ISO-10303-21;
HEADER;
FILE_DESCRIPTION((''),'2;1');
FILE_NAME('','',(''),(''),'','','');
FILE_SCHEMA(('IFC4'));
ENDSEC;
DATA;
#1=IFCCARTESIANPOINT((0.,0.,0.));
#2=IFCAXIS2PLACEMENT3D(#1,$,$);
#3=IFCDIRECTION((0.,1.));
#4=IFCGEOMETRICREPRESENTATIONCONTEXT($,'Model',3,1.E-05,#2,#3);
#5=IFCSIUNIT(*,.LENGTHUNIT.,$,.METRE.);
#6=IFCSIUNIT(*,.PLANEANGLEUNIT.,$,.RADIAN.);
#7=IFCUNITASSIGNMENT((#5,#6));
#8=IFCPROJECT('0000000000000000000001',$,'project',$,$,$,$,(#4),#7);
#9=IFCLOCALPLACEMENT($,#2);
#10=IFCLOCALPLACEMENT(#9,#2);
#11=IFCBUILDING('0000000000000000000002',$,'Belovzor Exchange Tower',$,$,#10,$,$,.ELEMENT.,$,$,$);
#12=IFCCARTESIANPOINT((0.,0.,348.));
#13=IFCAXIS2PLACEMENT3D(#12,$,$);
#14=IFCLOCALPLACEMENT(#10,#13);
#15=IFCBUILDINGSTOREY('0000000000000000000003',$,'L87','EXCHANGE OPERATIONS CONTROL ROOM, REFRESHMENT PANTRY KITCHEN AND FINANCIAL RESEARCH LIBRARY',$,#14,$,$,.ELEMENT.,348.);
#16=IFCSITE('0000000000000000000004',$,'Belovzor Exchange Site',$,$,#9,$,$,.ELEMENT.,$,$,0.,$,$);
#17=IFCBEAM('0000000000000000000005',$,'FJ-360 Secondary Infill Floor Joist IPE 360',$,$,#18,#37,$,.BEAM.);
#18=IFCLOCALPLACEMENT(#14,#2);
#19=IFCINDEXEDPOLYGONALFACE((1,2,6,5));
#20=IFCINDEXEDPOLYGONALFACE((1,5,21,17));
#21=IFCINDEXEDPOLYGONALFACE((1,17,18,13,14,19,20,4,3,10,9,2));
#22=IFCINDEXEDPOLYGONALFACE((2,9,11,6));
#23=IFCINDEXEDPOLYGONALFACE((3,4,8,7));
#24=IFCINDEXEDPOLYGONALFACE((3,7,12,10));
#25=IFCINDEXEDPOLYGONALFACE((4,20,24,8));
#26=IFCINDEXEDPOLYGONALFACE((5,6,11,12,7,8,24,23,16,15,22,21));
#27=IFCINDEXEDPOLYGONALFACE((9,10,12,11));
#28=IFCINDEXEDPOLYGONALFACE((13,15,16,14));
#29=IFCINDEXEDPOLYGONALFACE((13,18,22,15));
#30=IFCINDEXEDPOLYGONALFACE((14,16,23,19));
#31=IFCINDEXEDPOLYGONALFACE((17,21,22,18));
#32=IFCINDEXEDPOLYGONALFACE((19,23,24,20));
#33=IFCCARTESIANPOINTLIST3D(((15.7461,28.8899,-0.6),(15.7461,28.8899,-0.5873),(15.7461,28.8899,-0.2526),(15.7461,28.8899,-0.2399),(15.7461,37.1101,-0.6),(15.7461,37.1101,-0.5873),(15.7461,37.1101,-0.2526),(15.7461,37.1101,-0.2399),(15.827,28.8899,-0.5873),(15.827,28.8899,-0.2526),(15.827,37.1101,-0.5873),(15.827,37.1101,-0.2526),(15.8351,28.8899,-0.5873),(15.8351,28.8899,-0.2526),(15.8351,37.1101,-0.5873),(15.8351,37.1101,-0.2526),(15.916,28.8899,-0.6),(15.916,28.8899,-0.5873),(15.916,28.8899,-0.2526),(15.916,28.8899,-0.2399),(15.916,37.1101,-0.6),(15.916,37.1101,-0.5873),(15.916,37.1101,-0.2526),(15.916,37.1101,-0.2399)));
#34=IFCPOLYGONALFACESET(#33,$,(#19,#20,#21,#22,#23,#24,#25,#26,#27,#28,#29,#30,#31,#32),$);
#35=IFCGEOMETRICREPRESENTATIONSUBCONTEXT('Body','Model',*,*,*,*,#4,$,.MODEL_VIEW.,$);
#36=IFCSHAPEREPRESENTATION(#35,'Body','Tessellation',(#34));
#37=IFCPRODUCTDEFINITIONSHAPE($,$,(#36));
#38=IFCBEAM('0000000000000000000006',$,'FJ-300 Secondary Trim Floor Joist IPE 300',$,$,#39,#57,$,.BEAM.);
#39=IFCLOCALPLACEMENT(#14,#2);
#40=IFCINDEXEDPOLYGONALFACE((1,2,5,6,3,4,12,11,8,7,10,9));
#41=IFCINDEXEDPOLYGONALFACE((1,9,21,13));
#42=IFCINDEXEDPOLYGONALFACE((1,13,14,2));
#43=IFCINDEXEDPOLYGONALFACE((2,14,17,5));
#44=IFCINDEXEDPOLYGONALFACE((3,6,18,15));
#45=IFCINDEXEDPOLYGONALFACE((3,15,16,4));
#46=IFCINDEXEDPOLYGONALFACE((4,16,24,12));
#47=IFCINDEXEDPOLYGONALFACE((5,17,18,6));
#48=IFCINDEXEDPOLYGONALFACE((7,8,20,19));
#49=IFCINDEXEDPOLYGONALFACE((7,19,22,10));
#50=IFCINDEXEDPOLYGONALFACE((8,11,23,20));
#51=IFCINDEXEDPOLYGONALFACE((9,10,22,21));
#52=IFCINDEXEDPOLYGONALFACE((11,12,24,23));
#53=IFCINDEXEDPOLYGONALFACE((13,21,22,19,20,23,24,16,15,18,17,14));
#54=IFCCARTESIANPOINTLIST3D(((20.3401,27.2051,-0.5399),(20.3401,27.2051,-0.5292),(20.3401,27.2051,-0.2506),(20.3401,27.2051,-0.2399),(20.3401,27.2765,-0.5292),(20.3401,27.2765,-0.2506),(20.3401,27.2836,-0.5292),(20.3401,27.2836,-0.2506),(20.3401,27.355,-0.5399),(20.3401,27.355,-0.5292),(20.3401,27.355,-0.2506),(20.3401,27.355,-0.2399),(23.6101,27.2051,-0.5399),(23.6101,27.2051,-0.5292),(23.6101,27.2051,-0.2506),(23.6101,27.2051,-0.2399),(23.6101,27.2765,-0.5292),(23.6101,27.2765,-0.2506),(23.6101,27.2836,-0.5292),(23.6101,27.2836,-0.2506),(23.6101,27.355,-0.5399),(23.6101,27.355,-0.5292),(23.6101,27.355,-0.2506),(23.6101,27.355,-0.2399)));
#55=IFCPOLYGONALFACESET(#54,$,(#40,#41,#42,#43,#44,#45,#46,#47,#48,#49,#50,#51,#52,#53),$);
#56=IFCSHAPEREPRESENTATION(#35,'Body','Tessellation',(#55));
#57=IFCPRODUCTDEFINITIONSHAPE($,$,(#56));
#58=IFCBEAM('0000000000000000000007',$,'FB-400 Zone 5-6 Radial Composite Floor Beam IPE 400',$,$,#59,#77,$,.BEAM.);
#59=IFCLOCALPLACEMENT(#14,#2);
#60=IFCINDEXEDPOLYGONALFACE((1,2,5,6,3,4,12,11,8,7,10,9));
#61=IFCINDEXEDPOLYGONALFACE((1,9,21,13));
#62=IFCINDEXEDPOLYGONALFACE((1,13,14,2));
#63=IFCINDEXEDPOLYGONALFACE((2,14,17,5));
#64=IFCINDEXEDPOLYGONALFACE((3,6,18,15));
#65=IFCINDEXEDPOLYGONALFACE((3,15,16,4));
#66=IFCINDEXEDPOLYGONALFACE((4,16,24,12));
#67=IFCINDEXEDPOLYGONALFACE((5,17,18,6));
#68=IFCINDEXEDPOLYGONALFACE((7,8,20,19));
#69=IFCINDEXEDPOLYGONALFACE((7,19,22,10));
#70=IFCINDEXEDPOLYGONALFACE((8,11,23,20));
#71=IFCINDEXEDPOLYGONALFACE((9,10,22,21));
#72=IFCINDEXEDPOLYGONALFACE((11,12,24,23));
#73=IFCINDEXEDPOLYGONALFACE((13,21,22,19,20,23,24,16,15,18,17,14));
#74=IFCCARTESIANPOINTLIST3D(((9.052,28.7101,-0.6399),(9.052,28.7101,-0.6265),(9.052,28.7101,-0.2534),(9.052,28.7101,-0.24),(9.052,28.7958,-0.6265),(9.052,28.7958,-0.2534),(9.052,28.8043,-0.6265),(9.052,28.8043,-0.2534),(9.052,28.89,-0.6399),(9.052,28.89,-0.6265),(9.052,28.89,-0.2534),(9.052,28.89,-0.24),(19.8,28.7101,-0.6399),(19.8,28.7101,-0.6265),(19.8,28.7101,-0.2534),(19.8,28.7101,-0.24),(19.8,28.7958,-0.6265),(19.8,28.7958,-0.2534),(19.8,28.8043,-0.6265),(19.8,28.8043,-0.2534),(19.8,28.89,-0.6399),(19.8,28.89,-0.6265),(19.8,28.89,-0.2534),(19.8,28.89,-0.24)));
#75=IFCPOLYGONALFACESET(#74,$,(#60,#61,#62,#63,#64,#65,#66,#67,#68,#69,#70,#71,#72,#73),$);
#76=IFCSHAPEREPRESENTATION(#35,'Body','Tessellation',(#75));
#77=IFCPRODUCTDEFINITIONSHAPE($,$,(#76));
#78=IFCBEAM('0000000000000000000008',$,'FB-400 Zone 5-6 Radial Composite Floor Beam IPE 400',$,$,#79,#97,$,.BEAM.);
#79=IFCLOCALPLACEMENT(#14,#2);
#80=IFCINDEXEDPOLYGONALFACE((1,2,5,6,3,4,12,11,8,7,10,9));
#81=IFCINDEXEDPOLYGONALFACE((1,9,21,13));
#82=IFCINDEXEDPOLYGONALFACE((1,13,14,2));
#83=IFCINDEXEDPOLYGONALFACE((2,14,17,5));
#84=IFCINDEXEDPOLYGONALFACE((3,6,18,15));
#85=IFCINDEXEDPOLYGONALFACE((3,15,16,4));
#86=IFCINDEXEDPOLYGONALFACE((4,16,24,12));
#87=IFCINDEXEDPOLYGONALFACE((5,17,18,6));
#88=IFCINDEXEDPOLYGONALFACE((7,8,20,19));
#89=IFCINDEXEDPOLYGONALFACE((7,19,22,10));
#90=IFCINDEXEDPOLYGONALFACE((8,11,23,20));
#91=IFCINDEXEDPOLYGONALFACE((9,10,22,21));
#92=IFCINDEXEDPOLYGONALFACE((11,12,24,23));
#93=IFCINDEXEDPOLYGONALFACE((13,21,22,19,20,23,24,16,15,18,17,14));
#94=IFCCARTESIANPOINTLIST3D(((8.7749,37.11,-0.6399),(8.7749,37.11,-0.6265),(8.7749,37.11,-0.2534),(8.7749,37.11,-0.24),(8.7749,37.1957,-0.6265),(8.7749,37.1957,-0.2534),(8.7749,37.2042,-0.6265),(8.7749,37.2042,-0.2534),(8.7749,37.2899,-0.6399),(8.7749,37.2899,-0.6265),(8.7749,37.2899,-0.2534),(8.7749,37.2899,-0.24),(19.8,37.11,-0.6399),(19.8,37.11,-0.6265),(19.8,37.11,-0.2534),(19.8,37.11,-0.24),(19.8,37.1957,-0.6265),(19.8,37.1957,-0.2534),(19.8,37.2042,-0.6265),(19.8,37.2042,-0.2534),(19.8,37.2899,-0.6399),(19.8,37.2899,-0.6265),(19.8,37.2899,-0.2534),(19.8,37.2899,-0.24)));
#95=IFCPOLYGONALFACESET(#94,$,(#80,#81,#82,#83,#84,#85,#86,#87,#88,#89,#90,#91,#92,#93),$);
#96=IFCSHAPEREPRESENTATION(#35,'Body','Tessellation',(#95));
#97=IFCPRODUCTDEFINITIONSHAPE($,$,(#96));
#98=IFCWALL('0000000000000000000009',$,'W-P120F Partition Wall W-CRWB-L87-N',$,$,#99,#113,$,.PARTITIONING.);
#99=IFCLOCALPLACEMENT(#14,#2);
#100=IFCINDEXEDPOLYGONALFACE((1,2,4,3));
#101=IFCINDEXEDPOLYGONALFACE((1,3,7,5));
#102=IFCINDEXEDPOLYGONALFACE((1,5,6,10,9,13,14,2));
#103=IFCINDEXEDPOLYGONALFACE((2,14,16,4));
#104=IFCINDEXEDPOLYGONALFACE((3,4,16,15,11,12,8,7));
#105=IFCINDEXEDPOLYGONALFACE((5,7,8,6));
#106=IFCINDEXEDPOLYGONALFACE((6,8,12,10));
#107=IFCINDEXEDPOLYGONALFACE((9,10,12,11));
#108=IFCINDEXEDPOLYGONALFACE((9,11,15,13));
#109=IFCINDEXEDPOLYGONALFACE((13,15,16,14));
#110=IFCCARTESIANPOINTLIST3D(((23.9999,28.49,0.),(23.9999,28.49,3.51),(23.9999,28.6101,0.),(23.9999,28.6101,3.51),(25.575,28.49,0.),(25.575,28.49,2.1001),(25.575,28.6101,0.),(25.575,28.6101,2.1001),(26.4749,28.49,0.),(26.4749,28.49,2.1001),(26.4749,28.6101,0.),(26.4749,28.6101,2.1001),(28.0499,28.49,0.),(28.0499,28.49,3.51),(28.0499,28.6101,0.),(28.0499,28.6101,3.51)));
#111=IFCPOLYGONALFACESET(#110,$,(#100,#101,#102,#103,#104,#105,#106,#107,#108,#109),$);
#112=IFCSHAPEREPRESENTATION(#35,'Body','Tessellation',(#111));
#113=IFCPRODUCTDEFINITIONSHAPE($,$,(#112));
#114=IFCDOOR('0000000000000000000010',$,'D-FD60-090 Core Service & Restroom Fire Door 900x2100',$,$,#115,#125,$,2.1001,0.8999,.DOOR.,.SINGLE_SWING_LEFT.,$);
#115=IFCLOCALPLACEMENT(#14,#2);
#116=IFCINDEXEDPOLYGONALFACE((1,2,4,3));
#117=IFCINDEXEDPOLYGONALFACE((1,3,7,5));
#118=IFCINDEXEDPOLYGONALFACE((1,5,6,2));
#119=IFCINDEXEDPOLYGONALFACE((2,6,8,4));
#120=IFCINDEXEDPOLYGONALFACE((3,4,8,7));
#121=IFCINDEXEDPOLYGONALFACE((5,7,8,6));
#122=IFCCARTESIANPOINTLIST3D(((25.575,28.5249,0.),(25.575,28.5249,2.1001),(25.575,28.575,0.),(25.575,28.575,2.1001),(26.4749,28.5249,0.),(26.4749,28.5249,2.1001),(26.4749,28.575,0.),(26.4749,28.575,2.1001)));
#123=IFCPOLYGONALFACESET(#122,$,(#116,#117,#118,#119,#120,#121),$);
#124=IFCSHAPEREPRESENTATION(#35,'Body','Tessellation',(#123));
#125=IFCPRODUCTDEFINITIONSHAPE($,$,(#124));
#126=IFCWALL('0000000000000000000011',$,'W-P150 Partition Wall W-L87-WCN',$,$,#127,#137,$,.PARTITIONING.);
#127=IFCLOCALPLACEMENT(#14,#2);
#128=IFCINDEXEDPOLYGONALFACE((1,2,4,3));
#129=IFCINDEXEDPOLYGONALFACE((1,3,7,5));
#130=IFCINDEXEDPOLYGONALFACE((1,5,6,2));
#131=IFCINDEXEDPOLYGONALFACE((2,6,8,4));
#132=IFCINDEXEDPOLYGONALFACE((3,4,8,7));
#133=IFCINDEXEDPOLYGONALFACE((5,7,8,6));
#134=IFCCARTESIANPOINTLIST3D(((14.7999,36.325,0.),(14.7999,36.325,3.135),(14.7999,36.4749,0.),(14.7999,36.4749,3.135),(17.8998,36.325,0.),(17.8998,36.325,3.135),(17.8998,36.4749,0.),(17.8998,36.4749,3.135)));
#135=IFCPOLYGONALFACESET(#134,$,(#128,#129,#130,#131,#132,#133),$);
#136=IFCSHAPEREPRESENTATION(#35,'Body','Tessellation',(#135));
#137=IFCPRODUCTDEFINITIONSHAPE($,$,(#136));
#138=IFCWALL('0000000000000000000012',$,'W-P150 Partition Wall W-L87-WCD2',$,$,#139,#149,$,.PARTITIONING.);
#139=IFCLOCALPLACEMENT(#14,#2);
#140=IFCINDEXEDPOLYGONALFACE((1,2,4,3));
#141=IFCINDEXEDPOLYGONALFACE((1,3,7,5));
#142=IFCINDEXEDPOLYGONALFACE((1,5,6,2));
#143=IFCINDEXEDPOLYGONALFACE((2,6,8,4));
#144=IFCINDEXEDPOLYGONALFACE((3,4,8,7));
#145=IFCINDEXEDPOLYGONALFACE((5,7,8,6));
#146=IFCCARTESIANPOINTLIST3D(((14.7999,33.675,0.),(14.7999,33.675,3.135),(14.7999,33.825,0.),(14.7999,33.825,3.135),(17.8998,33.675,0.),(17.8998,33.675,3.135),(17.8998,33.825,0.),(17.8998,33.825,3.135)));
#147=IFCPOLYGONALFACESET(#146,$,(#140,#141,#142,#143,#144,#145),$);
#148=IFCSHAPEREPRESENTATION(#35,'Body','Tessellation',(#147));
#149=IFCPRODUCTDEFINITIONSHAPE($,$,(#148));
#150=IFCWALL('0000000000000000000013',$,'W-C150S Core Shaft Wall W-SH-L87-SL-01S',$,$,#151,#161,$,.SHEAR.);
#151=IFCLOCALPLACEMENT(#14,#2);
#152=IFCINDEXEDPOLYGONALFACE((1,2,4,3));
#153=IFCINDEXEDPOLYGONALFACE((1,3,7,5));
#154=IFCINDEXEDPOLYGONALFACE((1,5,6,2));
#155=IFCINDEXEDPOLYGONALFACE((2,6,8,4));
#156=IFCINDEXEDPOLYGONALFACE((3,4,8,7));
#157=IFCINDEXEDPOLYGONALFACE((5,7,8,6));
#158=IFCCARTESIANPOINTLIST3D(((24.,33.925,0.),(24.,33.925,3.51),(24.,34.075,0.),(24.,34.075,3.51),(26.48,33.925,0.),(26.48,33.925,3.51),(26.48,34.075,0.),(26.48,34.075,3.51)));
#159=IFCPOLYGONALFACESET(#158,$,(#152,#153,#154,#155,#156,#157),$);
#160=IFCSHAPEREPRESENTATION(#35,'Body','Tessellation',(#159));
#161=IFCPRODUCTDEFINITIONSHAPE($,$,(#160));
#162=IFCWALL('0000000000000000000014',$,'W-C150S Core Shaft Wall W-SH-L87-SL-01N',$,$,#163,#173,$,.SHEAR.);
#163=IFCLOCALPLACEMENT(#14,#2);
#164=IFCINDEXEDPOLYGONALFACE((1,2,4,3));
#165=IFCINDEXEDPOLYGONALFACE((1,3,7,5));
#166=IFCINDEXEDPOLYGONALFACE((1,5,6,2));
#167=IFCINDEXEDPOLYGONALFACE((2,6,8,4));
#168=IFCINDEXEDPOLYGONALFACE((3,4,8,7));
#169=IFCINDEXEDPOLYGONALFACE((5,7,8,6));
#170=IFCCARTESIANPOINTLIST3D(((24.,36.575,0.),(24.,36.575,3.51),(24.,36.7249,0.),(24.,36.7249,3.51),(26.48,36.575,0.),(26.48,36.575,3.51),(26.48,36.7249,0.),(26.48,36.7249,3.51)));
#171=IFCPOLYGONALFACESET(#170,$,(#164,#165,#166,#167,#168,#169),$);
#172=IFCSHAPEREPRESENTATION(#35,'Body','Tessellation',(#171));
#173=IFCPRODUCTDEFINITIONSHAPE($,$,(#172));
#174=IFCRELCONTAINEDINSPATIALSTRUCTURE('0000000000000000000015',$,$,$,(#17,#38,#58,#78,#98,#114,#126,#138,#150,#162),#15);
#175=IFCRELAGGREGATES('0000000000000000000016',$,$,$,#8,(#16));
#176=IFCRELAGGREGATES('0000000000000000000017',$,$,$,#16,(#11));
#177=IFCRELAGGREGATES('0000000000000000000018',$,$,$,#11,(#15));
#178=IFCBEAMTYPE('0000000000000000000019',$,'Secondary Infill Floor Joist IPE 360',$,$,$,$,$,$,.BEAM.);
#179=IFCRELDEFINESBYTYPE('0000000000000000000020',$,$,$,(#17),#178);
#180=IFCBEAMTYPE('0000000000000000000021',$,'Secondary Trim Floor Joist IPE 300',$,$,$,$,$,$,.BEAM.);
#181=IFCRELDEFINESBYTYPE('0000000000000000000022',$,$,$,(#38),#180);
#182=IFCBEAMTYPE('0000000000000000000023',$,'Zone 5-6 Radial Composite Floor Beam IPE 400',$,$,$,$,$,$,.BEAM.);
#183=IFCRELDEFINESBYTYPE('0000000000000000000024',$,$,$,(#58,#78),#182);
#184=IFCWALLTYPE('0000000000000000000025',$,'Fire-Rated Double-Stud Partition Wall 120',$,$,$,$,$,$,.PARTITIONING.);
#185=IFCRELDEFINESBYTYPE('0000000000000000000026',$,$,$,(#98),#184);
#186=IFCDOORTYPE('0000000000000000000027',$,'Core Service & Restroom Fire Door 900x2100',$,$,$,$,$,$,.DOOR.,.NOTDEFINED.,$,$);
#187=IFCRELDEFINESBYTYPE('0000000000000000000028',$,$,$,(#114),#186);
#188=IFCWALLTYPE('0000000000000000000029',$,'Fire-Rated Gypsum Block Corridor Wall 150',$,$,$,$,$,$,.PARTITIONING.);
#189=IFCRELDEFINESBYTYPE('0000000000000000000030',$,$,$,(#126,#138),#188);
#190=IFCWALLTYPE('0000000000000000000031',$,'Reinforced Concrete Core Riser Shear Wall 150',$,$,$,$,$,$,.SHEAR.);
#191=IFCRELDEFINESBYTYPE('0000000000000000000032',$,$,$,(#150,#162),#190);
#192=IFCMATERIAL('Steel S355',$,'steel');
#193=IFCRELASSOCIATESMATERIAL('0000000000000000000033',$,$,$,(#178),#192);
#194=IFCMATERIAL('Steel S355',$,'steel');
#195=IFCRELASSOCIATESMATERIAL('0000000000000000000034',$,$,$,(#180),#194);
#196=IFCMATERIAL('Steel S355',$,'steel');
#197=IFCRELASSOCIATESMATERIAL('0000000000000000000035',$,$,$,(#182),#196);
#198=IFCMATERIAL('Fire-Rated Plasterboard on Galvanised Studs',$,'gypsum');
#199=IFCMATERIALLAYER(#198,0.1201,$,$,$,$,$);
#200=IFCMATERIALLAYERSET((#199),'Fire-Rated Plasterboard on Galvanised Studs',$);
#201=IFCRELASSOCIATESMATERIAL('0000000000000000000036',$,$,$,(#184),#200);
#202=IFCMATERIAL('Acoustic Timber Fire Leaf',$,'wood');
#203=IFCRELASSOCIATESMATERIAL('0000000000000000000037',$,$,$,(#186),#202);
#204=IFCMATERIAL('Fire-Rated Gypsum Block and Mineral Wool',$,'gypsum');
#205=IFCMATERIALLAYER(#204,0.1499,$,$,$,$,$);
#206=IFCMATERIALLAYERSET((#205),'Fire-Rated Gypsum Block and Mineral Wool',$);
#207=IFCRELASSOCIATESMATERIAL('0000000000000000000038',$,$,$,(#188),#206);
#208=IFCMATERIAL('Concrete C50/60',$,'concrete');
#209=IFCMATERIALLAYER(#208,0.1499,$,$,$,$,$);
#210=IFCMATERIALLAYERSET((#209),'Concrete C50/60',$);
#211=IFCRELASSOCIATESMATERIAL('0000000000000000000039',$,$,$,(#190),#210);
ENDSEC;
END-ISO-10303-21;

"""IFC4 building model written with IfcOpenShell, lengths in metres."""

from ifc_helpers import new_model, si_unit, direction, frame, frame_2d, origin, origin_2d, place, context, subcontext, project, spatial, rectangle, i_section, extrude, material, layer, layer_set, material_profile, profile_set, type_object, element, fill, save


model = new_model("IFC4")

# Units and contexts
model_context = context("Model", 3, precision=1e-05, world=origin(), true_north=direction((0.0, 1.0)))
body_context = subcontext(model_context, "Body", "Model", "MODEL_VIEW")
ifc_project = project(units=[si_unit("LENGTHUNIT", "METRE"), si_unit("PLANEANGLEUNIT", "RADIAN")], contexts=[model_context])

# Site, building, storey
site_placement = place(None, origin())
site = spatial("IfcSite", under=ifc_project, at=site_placement, Name="Belovzor Exchange Site", CompositionType="ELEMENT", RefElevation=0.0)
building_placement = place(site_placement, origin())
building = spatial("IfcBuilding", under=site, at=building_placement, Name="Belovzor Exchange Tower", CompositionType="ELEMENT")
storey_placement = place(building_placement, frame((0.0, 0.0, 348.0)))
storey = spatial("IfcBuildingStorey", under=building, at=storey_placement, Name="L87", Description="EXCHANGE OPERATIONS CONTROL ROOM, REFRESHMENT PANTRY KITCHEN AND FINANCIAL RESEARCH LIBRARY", CompositionType="ELEMENT", Elevation=348.0)

# Beams
ifc_material_1 = material(Name="Steel S355", Category="steel")
ifc_material_profile_1 = material_profile(ifc_material_1, i_section(OverallWidth=0.1699, OverallDepth=0.3601, WebThickness=0.0081, FlangeThickness=0.0127, at=origin_2d()))
ifc_profile_set_1 = profile_set([ifc_material_profile_1], Name="Steel S355")
beam_type_1 = type_object("IfcBeamType", Name="Secondary Infill Floor Joist IPE 360", PredefinedType="BEAM", material=ifc_profile_set_1)
beam_1_placement = place(storey_placement, frame((15.8311, 28.8899, -0.4199), z_axis=(0.0, 1.0, 0.0), x_axis=(-1.0, 0.0, 0.0)))
element("IfcBeam", 1, at=beam_1_placement, inside=storey, type_object=beam_type_1, Name="FJ-360 Secondary Infill Floor Joist IPE 360", PredefinedType="BEAM", context=body_context, shape_type="SweptSolid", body=[
    extrude(i_section(OverallWidth=0.1699, OverallDepth=0.3601, WebThickness=0.0081, FlangeThickness=0.0127, at=origin_2d()), origin(), (0.0, 0.0, 1.0), 8.2202),
])
ifc_material_2 = material(Name="Steel S355", Category="steel")
ifc_material_profile_2 = material_profile(ifc_material_2, i_section(OverallWidth=0.1499, OverallDepth=0.3, WebThickness=0.0071, FlangeThickness=0.0107, at=origin_2d()))
ifc_profile_set_2 = profile_set([ifc_material_profile_2], Name="Steel S355")
beam_type_2 = type_object("IfcBeamType", Name="Secondary Trim Floor Joist IPE 300", PredefinedType="BEAM", material=ifc_profile_set_2)
beam_2_placement = place(storey_placement, frame((20.3401, 27.28, -0.3899), z_axis=(1.0, 0.0, 0.0), x_axis=(0.0, 1.0, 0.0)))
element("IfcBeam", 2, at=beam_2_placement, inside=storey, type_object=beam_type_2, Name="FJ-300 Secondary Trim Floor Joist IPE 300", PredefinedType="BEAM", context=body_context, shape_type="SweptSolid", body=[
    extrude(i_section(OverallWidth=0.1499, OverallDepth=0.3, WebThickness=0.0071, FlangeThickness=0.0107, at=origin_2d()), origin(), (0.0, 0.0, 1.0), 3.27),
])
ifc_material_3 = material(Name="Steel S355", Category="steel")
ifc_material_profile_3 = material_profile(ifc_material_3, i_section(OverallWidth=0.1799, OverallDepth=0.3999, WebThickness=0.0085, FlangeThickness=0.0134, at=origin_2d()))
ifc_profile_set_3 = profile_set([ifc_material_profile_3], Name="Steel S355")
beam_type_3 = type_object("IfcBeamType", Name="Zone 5-6 Radial Composite Floor Beam IPE 400", PredefinedType="BEAM", material=ifc_profile_set_3)
beam_3_placement = place(storey_placement, frame((19.8, 28.8, -0.4399), z_axis=(-1.0, 0.0, 0.0), x_axis=(0.0, -1.0, 0.0)))
element("IfcBeam", 3, at=beam_3_placement, inside=storey, type_object=beam_type_3, Name="FB-400 Zone 5-6 Radial Composite Floor Beam IPE 400", PredefinedType="BEAM", context=body_context, shape_type="SweptSolid", body=[
    extrude(i_section(OverallWidth=0.1799, OverallDepth=0.3999, WebThickness=0.0085, FlangeThickness=0.0134, at=origin_2d()), origin(), (0.0, 0.0, 1.0), 10.748),
])
beam_4_placement = place(storey_placement, frame((19.8, 37.2, -0.4399), z_axis=(-1.0, 0.0, 0.0), x_axis=(0.0, -1.0, 0.0)))
element("IfcBeam", 4, at=beam_4_placement, inside=storey, type_object=beam_type_3, Name="FB-400 Zone 5-6 Radial Composite Floor Beam IPE 400", PredefinedType="BEAM", context=body_context, shape_type="SweptSolid", body=[
    extrude(i_section(OverallWidth=0.1799, OverallDepth=0.3999, WebThickness=0.0085, FlangeThickness=0.0134, at=origin_2d()), origin(), (0.0, 0.0, 1.0), 11.0251),
])

# Wall, opening, door
ifc_material_4 = material(Name="Fire-Rated Plasterboard on Galvanised Studs", Category="gypsum")
ifc_layer_1 = layer(ifc_material_4, 0.1201)
ifc_layer_set_1 = layer_set([ifc_layer_1], Name="Fire-Rated Plasterboard on Galvanised Studs")
wall_type_1 = type_object("IfcWallType", Name="Fire-Rated Double-Stud Partition Wall 120", PredefinedType="PARTITIONING", material=ifc_layer_set_1)
wall_1_placement = place(storey_placement, frame((24.0, 28.55, 0.0), z_axis=(0.0, 0.0, 1.0), x_axis=(1.0, 0.0, 0.0)))
wall_1 = element("IfcWall", 5, at=wall_1_placement, inside=storey, type_object=wall_type_1, Name="W-P120F Partition Wall W-CRWB-L87-N", PredefinedType="PARTITIONING", context=body_context, shape_type="SweptSolid", body=[
    extrude(rectangle(XDim=4.05, YDim=0.1201, at=frame_2d((2.0249, 0.0))), origin(), (0.0, 0.0, 1.0), 3.51),
])
opening_1_placement = place(wall_1_placement, frame((1.575, 0.0, 0.0)))
opening_1 = element("IfcOpeningElement", 6, at=opening_1_placement, cuts=wall_1, PredefinedType="OPENING", context=body_context, shape_type="SweptSolid", body=[
    extrude(rectangle(XDim=0.8999, YDim=2.1001, at=frame_2d((0.45, 1.05))), frame((0.0, 0.0701, 0.0), z_axis=(0.0, -1.0, 0.0), x_axis=(1.0, 0.0, 0.0)), (0.0, 0.0, 1.0), 0.1401),
])
ifc_material_5 = material(Name="Acoustic Timber Fire Leaf", Category="wood")
door_type_1 = type_object("IfcDoorType", Name="Core Service & Restroom Fire Door 900x2100", OperationType="NOTDEFINED", PredefinedType="DOOR", material=ifc_material_5)
door_1_placement = place(opening_1_placement, origin())
door_1 = element("IfcDoor", 7, at=door_1_placement, inside=storey, type_object=door_type_1, Name="D-FD60-090 Core Service & Restroom Fire Door 900x2100", OperationType="SINGLE_SWING_LEFT", OverallHeight=2.1001, OverallWidth=0.8999, PredefinedType="DOOR", context=body_context, shape_type="SweptSolid", body=[
    extrude(rectangle(XDim=0.8999, YDim=2.1001, at=frame_2d((0.45, 1.05))), frame((0.0, 0.0249, 0.0), z_axis=(0.0, -1.0, 0.0), x_axis=(1.0, 0.0, 0.0)), (0.0, 0.0, 1.0), 0.05),
])
fill(opening_1, door_1)

# Walls
ifc_material_6 = material(Name="Fire-Rated Gypsum Block and Mineral Wool", Category="gypsum")
ifc_layer_2 = layer(ifc_material_6, 0.1499)
ifc_layer_set_2 = layer_set([ifc_layer_2], Name="Fire-Rated Gypsum Block and Mineral Wool")
wall_type_2 = type_object("IfcWallType", Name="Fire-Rated Gypsum Block Corridor Wall 150", PredefinedType="PARTITIONING", material=ifc_layer_set_2)
for number, where, z_axis, x_axis, name in (
    (8, (14.8, 36.3999, 0.0), (0.0, 0.0, 1.0), (1.0, 0.0, 0.0), "W-P150 Partition Wall W-L87-WCN"),
    (9, (14.8, 33.75, 0.0), (0.0, 0.0, 1.0), (1.0, 0.0, 0.0), "W-P150 Partition Wall W-L87-WCD2"),
):
    element("IfcWall", number, at=place(storey_placement, frame(where, z_axis=z_axis, x_axis=x_axis)), inside=storey, type_object=wall_type_2, Name=name, PredefinedType="PARTITIONING", context=body_context, shape_type="SweptSolid", body=[
        extrude(rectangle(XDim=3.0999, YDim=0.1499, at=frame_2d((1.5498, 0.0))), origin(), (0.0, 0.0, 1.0), 3.135),
    ])
ifc_material_7 = material(Name="Concrete C50/60", Category="concrete")
ifc_layer_3 = layer(ifc_material_7, 0.1499)
ifc_layer_set_3 = layer_set([ifc_layer_3], Name="Concrete C50/60")
wall_type_3 = type_object("IfcWallType", Name="Reinforced Concrete Core Riser Shear Wall 150", PredefinedType="SHEAR", material=ifc_layer_set_3)
for number, where, z_axis, x_axis, name in (
    (10, (24.0, 34.0, 0.0), (0.0, 0.0, 1.0), (1.0, 0.0, 0.0), "W-C150S Core Shaft Wall W-SH-L87-SL-01S"),
    (11, (24.0, 36.6499, 0.0), (0.0, 0.0, 1.0), (1.0, 0.0, 0.0), "W-C150S Core Shaft Wall W-SH-L87-SL-01N"),
):
    element("IfcWall", number, at=place(storey_placement, frame(where, z_axis=z_axis, x_axis=x_axis)), inside=storey, type_object=wall_type_3, Name=name, PredefinedType="SHEAR", context=body_context, shape_type="SweptSolid", body=[
        extrude(rectangle(XDim=2.48, YDim=0.1499, at=frame_2d((1.24, 0.0))), origin(), (0.0, 0.0, 1.0), 3.51),
    ])

save(model, "model.ifc")
